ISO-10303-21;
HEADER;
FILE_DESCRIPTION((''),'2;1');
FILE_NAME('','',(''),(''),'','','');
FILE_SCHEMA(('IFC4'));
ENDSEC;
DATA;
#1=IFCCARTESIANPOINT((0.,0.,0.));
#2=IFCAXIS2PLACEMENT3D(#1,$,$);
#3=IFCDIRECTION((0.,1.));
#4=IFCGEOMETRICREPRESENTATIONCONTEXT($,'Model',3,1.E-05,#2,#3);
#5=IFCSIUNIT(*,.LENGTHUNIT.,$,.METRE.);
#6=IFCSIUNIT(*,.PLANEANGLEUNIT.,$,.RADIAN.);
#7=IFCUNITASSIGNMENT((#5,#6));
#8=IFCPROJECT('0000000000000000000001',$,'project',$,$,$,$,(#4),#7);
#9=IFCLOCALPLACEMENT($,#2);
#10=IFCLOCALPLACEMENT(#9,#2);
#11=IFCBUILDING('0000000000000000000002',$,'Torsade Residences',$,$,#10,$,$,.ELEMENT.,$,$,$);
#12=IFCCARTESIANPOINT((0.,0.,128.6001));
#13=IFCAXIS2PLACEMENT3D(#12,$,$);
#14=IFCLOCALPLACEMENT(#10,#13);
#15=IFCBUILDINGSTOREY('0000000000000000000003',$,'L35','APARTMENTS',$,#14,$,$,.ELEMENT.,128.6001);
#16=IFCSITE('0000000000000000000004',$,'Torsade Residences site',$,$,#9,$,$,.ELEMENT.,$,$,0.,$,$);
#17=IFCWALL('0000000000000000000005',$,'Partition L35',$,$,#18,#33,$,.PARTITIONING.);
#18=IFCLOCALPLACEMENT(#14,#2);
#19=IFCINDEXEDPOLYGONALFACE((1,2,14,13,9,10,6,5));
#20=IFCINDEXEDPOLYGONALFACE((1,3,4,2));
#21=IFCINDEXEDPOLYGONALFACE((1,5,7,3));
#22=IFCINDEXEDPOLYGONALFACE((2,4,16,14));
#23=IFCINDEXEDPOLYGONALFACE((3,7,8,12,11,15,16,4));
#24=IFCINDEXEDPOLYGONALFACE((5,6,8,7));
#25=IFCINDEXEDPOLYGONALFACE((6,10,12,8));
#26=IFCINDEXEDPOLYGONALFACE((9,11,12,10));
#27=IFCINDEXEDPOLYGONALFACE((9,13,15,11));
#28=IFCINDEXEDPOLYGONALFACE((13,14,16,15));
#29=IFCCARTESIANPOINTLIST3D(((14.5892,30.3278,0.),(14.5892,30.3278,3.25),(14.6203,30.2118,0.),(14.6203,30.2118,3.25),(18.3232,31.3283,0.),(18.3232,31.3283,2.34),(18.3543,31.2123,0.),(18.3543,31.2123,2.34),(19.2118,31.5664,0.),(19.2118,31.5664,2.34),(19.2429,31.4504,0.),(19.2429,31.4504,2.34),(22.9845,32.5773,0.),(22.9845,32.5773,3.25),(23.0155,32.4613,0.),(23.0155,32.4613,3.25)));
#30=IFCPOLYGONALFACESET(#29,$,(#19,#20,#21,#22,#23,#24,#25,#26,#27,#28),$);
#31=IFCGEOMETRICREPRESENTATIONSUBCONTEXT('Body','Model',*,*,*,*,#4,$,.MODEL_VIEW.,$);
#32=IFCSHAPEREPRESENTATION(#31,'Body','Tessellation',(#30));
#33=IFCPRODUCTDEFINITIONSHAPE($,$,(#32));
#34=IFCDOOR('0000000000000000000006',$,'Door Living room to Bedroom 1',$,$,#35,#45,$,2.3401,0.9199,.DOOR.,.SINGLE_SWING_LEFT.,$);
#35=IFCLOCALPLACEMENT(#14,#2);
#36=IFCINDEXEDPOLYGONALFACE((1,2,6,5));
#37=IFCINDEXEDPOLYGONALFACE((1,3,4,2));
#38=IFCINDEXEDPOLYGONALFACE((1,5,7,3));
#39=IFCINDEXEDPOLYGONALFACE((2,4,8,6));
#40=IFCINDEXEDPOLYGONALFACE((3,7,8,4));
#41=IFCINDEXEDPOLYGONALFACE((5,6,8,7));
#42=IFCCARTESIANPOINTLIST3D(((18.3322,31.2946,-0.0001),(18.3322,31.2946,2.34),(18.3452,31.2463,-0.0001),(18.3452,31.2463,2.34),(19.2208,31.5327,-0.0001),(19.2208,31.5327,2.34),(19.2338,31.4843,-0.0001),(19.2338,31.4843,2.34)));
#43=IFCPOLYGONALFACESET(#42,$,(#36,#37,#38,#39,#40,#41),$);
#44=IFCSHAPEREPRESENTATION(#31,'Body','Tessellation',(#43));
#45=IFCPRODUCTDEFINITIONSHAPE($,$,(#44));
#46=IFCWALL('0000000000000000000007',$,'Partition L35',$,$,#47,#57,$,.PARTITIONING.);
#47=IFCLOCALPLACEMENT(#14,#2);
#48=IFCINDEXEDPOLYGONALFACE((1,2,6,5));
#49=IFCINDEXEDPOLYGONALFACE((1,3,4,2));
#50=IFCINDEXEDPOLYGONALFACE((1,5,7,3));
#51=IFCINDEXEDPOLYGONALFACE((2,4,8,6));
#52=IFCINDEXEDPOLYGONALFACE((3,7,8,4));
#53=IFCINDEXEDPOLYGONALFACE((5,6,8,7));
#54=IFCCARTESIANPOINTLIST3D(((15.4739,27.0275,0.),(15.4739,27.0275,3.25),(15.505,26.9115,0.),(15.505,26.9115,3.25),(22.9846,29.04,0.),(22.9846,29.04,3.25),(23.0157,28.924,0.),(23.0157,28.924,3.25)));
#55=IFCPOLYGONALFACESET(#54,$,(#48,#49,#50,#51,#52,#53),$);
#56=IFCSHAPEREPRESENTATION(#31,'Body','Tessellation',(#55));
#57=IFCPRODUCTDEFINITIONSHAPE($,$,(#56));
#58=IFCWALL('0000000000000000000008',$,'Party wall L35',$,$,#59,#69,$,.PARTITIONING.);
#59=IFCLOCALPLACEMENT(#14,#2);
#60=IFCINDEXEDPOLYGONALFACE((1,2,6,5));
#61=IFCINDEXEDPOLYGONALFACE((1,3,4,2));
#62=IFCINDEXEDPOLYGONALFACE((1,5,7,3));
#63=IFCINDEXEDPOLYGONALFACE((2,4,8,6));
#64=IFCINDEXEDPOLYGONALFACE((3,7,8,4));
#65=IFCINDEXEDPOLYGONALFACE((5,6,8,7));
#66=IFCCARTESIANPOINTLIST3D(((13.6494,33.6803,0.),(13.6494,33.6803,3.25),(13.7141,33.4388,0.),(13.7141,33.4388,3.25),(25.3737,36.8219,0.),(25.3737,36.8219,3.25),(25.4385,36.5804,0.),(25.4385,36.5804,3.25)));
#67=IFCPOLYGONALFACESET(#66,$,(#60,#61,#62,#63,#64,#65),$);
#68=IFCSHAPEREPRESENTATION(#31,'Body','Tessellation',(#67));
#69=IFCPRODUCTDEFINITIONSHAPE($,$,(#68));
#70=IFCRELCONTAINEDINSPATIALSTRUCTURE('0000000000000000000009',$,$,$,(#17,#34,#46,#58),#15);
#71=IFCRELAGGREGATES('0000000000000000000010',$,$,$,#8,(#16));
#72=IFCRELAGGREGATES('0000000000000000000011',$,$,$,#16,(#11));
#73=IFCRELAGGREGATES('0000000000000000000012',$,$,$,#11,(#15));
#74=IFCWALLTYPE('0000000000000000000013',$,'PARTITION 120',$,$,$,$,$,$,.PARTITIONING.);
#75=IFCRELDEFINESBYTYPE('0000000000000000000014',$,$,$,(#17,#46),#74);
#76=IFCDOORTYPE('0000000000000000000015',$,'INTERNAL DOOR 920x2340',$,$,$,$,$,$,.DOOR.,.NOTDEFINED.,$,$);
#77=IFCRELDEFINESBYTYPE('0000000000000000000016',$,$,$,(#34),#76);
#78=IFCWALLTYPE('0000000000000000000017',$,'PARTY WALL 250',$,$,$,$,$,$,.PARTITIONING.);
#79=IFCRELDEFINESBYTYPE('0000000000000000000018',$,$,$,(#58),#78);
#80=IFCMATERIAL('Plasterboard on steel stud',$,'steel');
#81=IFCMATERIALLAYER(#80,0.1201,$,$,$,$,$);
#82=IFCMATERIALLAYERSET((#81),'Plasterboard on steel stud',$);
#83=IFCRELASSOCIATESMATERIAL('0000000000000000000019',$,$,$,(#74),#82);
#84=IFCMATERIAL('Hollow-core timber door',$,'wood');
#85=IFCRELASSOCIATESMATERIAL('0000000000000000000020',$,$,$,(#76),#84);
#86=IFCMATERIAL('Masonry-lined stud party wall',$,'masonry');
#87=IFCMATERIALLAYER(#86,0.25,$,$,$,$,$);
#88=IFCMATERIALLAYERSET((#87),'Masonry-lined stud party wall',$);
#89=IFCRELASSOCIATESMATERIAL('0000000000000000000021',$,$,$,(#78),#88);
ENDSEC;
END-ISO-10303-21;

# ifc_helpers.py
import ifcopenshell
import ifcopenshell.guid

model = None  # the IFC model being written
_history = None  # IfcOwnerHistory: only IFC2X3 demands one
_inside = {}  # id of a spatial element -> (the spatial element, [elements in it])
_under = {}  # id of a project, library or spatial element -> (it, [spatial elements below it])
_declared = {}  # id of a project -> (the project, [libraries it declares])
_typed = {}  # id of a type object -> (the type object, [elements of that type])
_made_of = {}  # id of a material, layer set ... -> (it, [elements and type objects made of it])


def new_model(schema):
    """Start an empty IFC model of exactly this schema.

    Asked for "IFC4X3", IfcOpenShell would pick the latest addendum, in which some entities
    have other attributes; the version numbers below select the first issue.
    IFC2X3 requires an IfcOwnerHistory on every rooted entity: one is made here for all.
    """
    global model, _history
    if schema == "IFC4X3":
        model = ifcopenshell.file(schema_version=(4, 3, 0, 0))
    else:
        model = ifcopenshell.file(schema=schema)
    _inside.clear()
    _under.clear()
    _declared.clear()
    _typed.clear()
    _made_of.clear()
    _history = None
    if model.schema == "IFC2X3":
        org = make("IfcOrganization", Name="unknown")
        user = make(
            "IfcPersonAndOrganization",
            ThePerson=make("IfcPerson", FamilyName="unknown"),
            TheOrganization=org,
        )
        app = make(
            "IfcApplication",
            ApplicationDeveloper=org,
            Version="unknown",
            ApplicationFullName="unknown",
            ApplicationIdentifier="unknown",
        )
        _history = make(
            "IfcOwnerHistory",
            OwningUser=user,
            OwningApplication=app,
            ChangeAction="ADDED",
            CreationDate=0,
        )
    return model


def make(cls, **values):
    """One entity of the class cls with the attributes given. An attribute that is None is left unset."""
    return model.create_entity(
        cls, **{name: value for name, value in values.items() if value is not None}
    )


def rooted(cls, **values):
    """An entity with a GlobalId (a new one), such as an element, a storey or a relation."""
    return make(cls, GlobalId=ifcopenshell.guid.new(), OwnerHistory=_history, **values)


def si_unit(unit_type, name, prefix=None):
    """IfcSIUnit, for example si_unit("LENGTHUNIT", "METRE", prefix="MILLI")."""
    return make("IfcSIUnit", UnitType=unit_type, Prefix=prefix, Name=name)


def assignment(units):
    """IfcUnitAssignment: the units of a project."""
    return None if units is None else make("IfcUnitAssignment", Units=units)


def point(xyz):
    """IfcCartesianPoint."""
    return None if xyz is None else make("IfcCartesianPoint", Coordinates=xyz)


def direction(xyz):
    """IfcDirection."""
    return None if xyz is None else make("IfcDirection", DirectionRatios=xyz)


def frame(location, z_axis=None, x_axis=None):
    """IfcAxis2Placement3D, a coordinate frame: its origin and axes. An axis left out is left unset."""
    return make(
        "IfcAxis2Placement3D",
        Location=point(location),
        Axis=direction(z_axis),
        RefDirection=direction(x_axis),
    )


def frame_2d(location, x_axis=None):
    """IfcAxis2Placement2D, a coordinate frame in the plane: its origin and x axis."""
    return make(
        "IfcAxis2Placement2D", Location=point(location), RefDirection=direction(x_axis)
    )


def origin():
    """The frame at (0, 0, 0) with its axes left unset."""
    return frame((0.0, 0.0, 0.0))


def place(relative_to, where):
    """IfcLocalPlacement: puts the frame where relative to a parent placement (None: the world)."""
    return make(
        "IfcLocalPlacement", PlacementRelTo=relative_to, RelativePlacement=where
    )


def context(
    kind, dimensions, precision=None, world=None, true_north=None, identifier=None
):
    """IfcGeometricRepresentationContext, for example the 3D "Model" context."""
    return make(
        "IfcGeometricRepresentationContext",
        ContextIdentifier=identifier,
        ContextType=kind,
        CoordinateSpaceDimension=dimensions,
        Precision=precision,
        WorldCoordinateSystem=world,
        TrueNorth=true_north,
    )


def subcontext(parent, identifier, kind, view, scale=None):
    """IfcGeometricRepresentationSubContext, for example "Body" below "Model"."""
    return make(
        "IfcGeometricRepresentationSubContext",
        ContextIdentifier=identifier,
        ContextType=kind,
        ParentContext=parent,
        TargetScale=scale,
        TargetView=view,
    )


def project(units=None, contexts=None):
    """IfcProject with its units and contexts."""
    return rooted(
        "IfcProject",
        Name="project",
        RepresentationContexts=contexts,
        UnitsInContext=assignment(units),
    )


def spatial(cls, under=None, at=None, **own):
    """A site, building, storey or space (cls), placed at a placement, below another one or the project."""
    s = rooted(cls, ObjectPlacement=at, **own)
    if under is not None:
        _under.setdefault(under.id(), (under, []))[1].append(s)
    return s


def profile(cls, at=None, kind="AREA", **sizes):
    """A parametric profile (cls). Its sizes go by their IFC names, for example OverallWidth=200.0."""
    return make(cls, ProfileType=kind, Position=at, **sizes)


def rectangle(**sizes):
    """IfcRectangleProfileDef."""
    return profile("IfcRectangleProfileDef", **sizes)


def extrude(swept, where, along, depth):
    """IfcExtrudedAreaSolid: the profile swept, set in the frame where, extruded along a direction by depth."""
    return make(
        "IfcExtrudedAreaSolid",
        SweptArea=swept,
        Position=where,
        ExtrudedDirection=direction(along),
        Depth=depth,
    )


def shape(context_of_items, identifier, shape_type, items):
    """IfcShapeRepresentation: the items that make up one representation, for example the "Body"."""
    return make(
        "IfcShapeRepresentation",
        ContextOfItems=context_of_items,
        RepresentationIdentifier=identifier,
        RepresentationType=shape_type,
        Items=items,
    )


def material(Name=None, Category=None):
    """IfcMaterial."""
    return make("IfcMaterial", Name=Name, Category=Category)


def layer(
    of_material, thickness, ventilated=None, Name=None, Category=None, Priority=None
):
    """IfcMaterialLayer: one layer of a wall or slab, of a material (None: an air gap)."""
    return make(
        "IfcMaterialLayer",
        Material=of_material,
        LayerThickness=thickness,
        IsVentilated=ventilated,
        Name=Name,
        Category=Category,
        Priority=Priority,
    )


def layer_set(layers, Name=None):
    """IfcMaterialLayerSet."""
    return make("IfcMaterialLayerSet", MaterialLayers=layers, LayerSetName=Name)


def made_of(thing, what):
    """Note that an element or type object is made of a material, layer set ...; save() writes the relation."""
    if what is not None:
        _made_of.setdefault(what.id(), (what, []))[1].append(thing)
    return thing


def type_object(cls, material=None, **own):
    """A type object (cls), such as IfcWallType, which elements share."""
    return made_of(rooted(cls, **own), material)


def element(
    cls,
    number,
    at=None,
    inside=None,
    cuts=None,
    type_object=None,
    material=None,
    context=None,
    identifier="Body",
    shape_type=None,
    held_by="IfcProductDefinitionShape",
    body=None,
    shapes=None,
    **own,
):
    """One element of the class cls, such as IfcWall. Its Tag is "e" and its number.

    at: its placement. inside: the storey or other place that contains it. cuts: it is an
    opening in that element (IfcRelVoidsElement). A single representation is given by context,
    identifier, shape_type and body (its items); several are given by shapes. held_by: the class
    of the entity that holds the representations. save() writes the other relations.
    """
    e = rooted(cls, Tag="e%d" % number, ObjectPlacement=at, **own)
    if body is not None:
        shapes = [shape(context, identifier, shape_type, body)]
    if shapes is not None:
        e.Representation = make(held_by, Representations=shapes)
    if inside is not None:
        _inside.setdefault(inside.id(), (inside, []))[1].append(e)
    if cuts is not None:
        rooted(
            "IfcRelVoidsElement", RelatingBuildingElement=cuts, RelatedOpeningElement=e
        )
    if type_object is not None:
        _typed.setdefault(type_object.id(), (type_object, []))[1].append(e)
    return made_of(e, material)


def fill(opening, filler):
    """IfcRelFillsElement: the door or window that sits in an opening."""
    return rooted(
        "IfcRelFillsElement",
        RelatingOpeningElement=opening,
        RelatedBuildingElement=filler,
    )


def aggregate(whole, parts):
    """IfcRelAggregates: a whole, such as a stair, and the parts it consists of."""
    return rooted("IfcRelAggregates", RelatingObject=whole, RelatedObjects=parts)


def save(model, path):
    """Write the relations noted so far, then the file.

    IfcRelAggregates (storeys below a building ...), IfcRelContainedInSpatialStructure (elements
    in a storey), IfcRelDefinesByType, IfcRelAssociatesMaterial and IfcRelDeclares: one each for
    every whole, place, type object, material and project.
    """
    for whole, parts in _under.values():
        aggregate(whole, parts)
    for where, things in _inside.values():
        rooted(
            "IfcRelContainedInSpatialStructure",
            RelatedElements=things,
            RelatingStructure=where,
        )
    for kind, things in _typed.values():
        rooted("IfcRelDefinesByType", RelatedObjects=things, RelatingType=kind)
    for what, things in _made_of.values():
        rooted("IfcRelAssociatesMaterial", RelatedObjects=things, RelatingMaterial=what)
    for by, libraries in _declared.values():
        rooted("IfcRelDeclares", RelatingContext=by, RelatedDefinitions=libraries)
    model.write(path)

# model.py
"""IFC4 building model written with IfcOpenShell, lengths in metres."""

from ifc_helpers import new_model, si_unit, direction, frame, frame_2d, origin, place, context, subcontext, project, spatial, rectangle, extrude, material, layer, layer_set, type_object, element, fill, save


model = new_model("IFC4")

# Units and contexts
model_context = context("Model", 3, precision=1e-05, world=origin(), true_north=direction((0.0, 1.0)))
body_context = subcontext(model_context, "Body", "Model", "MODEL_VIEW")
ifc_project = project(units=[si_unit("LENGTHUNIT", "METRE"), si_unit("PLANEANGLEUNIT", "RADIAN")], contexts=[model_context])

# Site, building, storey
site_placement = place(None, origin())
site = spatial("IfcSite", under=ifc_project, at=site_placement, Name="Torsade Residences site", CompositionType="ELEMENT", RefElevation=0.0)
building_placement = place(site_placement, origin())
building = spatial("IfcBuilding", under=site, at=building_placement, Name="Torsade Residences", CompositionType="ELEMENT")
storey_placement = place(building_placement, frame((0.0, 0.0, 128.6001)))
storey = spatial("IfcBuildingStorey", under=building, at=storey_placement, Name="L35", Description="APARTMENTS", CompositionType="ELEMENT", Elevation=128.6001)

# Wall, opening, door
ifc_material_1 = material(Name="Plasterboard on steel stud", Category="steel")
ifc_layer_1 = layer(ifc_material_1, 0.1201)
ifc_layer_set_1 = layer_set([ifc_layer_1], Name="Plasterboard on steel stud")
wall_type_1 = type_object("IfcWallType", Name="PARTITION 120", PredefinedType="PARTITIONING", material=ifc_layer_set_1)
ifc_material_2 = material(Name="Hollow-core timber door", Category="wood")
door_type_1 = type_object("IfcDoorType", Name="INTERNAL DOOR 920x2340", OperationType="NOTDEFINED", PredefinedType="DOOR", material=ifc_material_2)
wall_1_placement = place(storey_placement, frame((23.0, 32.5193, 0.0), z_axis=(0.0, 0.0, 1.0), x_axis=(-0.965926, -0.25882, 0.0)))
wall_1 = element("IfcWall", 1, at=wall_1_placement, inside=storey, type_object=wall_type_1, Name="Partition L35", PredefinedType="PARTITIONING", context=body_context, shape_type="SweptSolid", body=[
    extrude(rectangle(XDim=8.6914, YDim=0.1201, at=frame_2d((4.3457, 0.0))), origin(), (0.0, 0.0, 1.0), 3.25),
])
opening_1_placement = place(wall_1_placement, frame((3.9058, 0.0, 0.0)))
opening_1 = element("IfcOpeningElement", 2, at=opening_1_placement, cuts=wall_1, PredefinedType="OPENING", context=body_context, shape_type="SweptSolid", body=[
    extrude(rectangle(XDim=0.9199, YDim=2.3401, at=frame_2d((0.46, 1.1699))), frame((0.0, 0.0701, 0.0), z_axis=(0.0, -1.0, 0.0), x_axis=(1.0, 0.0, 0.0)), (0.0, 0.0, 1.0), 0.1401),
])
door_1_placement = place(opening_1_placement, origin())
door_1 = element("IfcDoor", 3, at=door_1_placement, inside=storey, type_object=door_type_1, Name="Door Living room to Bedroom 1", OperationType="SINGLE_SWING_LEFT", OverallHeight=2.3401, OverallWidth=0.9199, PredefinedType="DOOR", context=body_context, shape_type="SweptSolid", body=[
    extrude(rectangle(XDim=0.9199, YDim=2.3401, at=frame_2d((0.46, 1.1699))), frame((0.0, 0.0249, 0.0), z_axis=(0.0, -1.0, 0.0), x_axis=(1.0, 0.0, 0.0)), (0.0, 0.0, 1.0), 0.05),
])
fill(opening_1, door_1)

# Walls
wall_2_placement = place(storey_placement, frame((23.0, 28.9819, 0.0), z_axis=(0.0, 0.0, 1.0), x_axis=(-0.965927, -0.258814, 0.0)))
element("IfcWall", 4, at=wall_2_placement, inside=storey, type_object=wall_type_1, Name="Partition L35", PredefinedType="PARTITIONING", context=body_context, shape_type="SweptSolid", body=[
    extrude(rectangle(XDim=7.7756, YDim=0.1201, at=frame_2d((3.8877, 0.0))), origin(), (0.0, 0.0, 1.0), 3.25),
])
ifc_material_3 = material(Name="Masonry-lined stud party wall", Category="masonry")
ifc_layer_2 = layer(ifc_material_3, 0.25)
ifc_layer_set_2 = layer_set([ifc_layer_2], Name="Masonry-lined stud party wall")
wall_type_2 = type_object("IfcWallType", Name="PARTY WALL 250", PredefinedType="PARTITIONING", material=ifc_layer_set_2)
wall_3_placement = place(storey_placement, frame((13.6819, 33.5596, 0.0), z_axis=(0.0, 0.0, 1.0), x_axis=(0.965924, 0.258824, 0.0)))
element("IfcWall", 5, at=wall_3_placement, inside=storey, type_object=wall_type_2, Name="Party wall L35", PredefinedType="PARTITIONING", context=body_context, shape_type="SweptSolid", body=[
    extrude(rectangle(XDim=12.1379, YDim=0.25, at=frame_2d((6.0688, 0.0))), origin(), (0.0, 0.0, 1.0), 3.25),
])

save(model, "model.ifc")
